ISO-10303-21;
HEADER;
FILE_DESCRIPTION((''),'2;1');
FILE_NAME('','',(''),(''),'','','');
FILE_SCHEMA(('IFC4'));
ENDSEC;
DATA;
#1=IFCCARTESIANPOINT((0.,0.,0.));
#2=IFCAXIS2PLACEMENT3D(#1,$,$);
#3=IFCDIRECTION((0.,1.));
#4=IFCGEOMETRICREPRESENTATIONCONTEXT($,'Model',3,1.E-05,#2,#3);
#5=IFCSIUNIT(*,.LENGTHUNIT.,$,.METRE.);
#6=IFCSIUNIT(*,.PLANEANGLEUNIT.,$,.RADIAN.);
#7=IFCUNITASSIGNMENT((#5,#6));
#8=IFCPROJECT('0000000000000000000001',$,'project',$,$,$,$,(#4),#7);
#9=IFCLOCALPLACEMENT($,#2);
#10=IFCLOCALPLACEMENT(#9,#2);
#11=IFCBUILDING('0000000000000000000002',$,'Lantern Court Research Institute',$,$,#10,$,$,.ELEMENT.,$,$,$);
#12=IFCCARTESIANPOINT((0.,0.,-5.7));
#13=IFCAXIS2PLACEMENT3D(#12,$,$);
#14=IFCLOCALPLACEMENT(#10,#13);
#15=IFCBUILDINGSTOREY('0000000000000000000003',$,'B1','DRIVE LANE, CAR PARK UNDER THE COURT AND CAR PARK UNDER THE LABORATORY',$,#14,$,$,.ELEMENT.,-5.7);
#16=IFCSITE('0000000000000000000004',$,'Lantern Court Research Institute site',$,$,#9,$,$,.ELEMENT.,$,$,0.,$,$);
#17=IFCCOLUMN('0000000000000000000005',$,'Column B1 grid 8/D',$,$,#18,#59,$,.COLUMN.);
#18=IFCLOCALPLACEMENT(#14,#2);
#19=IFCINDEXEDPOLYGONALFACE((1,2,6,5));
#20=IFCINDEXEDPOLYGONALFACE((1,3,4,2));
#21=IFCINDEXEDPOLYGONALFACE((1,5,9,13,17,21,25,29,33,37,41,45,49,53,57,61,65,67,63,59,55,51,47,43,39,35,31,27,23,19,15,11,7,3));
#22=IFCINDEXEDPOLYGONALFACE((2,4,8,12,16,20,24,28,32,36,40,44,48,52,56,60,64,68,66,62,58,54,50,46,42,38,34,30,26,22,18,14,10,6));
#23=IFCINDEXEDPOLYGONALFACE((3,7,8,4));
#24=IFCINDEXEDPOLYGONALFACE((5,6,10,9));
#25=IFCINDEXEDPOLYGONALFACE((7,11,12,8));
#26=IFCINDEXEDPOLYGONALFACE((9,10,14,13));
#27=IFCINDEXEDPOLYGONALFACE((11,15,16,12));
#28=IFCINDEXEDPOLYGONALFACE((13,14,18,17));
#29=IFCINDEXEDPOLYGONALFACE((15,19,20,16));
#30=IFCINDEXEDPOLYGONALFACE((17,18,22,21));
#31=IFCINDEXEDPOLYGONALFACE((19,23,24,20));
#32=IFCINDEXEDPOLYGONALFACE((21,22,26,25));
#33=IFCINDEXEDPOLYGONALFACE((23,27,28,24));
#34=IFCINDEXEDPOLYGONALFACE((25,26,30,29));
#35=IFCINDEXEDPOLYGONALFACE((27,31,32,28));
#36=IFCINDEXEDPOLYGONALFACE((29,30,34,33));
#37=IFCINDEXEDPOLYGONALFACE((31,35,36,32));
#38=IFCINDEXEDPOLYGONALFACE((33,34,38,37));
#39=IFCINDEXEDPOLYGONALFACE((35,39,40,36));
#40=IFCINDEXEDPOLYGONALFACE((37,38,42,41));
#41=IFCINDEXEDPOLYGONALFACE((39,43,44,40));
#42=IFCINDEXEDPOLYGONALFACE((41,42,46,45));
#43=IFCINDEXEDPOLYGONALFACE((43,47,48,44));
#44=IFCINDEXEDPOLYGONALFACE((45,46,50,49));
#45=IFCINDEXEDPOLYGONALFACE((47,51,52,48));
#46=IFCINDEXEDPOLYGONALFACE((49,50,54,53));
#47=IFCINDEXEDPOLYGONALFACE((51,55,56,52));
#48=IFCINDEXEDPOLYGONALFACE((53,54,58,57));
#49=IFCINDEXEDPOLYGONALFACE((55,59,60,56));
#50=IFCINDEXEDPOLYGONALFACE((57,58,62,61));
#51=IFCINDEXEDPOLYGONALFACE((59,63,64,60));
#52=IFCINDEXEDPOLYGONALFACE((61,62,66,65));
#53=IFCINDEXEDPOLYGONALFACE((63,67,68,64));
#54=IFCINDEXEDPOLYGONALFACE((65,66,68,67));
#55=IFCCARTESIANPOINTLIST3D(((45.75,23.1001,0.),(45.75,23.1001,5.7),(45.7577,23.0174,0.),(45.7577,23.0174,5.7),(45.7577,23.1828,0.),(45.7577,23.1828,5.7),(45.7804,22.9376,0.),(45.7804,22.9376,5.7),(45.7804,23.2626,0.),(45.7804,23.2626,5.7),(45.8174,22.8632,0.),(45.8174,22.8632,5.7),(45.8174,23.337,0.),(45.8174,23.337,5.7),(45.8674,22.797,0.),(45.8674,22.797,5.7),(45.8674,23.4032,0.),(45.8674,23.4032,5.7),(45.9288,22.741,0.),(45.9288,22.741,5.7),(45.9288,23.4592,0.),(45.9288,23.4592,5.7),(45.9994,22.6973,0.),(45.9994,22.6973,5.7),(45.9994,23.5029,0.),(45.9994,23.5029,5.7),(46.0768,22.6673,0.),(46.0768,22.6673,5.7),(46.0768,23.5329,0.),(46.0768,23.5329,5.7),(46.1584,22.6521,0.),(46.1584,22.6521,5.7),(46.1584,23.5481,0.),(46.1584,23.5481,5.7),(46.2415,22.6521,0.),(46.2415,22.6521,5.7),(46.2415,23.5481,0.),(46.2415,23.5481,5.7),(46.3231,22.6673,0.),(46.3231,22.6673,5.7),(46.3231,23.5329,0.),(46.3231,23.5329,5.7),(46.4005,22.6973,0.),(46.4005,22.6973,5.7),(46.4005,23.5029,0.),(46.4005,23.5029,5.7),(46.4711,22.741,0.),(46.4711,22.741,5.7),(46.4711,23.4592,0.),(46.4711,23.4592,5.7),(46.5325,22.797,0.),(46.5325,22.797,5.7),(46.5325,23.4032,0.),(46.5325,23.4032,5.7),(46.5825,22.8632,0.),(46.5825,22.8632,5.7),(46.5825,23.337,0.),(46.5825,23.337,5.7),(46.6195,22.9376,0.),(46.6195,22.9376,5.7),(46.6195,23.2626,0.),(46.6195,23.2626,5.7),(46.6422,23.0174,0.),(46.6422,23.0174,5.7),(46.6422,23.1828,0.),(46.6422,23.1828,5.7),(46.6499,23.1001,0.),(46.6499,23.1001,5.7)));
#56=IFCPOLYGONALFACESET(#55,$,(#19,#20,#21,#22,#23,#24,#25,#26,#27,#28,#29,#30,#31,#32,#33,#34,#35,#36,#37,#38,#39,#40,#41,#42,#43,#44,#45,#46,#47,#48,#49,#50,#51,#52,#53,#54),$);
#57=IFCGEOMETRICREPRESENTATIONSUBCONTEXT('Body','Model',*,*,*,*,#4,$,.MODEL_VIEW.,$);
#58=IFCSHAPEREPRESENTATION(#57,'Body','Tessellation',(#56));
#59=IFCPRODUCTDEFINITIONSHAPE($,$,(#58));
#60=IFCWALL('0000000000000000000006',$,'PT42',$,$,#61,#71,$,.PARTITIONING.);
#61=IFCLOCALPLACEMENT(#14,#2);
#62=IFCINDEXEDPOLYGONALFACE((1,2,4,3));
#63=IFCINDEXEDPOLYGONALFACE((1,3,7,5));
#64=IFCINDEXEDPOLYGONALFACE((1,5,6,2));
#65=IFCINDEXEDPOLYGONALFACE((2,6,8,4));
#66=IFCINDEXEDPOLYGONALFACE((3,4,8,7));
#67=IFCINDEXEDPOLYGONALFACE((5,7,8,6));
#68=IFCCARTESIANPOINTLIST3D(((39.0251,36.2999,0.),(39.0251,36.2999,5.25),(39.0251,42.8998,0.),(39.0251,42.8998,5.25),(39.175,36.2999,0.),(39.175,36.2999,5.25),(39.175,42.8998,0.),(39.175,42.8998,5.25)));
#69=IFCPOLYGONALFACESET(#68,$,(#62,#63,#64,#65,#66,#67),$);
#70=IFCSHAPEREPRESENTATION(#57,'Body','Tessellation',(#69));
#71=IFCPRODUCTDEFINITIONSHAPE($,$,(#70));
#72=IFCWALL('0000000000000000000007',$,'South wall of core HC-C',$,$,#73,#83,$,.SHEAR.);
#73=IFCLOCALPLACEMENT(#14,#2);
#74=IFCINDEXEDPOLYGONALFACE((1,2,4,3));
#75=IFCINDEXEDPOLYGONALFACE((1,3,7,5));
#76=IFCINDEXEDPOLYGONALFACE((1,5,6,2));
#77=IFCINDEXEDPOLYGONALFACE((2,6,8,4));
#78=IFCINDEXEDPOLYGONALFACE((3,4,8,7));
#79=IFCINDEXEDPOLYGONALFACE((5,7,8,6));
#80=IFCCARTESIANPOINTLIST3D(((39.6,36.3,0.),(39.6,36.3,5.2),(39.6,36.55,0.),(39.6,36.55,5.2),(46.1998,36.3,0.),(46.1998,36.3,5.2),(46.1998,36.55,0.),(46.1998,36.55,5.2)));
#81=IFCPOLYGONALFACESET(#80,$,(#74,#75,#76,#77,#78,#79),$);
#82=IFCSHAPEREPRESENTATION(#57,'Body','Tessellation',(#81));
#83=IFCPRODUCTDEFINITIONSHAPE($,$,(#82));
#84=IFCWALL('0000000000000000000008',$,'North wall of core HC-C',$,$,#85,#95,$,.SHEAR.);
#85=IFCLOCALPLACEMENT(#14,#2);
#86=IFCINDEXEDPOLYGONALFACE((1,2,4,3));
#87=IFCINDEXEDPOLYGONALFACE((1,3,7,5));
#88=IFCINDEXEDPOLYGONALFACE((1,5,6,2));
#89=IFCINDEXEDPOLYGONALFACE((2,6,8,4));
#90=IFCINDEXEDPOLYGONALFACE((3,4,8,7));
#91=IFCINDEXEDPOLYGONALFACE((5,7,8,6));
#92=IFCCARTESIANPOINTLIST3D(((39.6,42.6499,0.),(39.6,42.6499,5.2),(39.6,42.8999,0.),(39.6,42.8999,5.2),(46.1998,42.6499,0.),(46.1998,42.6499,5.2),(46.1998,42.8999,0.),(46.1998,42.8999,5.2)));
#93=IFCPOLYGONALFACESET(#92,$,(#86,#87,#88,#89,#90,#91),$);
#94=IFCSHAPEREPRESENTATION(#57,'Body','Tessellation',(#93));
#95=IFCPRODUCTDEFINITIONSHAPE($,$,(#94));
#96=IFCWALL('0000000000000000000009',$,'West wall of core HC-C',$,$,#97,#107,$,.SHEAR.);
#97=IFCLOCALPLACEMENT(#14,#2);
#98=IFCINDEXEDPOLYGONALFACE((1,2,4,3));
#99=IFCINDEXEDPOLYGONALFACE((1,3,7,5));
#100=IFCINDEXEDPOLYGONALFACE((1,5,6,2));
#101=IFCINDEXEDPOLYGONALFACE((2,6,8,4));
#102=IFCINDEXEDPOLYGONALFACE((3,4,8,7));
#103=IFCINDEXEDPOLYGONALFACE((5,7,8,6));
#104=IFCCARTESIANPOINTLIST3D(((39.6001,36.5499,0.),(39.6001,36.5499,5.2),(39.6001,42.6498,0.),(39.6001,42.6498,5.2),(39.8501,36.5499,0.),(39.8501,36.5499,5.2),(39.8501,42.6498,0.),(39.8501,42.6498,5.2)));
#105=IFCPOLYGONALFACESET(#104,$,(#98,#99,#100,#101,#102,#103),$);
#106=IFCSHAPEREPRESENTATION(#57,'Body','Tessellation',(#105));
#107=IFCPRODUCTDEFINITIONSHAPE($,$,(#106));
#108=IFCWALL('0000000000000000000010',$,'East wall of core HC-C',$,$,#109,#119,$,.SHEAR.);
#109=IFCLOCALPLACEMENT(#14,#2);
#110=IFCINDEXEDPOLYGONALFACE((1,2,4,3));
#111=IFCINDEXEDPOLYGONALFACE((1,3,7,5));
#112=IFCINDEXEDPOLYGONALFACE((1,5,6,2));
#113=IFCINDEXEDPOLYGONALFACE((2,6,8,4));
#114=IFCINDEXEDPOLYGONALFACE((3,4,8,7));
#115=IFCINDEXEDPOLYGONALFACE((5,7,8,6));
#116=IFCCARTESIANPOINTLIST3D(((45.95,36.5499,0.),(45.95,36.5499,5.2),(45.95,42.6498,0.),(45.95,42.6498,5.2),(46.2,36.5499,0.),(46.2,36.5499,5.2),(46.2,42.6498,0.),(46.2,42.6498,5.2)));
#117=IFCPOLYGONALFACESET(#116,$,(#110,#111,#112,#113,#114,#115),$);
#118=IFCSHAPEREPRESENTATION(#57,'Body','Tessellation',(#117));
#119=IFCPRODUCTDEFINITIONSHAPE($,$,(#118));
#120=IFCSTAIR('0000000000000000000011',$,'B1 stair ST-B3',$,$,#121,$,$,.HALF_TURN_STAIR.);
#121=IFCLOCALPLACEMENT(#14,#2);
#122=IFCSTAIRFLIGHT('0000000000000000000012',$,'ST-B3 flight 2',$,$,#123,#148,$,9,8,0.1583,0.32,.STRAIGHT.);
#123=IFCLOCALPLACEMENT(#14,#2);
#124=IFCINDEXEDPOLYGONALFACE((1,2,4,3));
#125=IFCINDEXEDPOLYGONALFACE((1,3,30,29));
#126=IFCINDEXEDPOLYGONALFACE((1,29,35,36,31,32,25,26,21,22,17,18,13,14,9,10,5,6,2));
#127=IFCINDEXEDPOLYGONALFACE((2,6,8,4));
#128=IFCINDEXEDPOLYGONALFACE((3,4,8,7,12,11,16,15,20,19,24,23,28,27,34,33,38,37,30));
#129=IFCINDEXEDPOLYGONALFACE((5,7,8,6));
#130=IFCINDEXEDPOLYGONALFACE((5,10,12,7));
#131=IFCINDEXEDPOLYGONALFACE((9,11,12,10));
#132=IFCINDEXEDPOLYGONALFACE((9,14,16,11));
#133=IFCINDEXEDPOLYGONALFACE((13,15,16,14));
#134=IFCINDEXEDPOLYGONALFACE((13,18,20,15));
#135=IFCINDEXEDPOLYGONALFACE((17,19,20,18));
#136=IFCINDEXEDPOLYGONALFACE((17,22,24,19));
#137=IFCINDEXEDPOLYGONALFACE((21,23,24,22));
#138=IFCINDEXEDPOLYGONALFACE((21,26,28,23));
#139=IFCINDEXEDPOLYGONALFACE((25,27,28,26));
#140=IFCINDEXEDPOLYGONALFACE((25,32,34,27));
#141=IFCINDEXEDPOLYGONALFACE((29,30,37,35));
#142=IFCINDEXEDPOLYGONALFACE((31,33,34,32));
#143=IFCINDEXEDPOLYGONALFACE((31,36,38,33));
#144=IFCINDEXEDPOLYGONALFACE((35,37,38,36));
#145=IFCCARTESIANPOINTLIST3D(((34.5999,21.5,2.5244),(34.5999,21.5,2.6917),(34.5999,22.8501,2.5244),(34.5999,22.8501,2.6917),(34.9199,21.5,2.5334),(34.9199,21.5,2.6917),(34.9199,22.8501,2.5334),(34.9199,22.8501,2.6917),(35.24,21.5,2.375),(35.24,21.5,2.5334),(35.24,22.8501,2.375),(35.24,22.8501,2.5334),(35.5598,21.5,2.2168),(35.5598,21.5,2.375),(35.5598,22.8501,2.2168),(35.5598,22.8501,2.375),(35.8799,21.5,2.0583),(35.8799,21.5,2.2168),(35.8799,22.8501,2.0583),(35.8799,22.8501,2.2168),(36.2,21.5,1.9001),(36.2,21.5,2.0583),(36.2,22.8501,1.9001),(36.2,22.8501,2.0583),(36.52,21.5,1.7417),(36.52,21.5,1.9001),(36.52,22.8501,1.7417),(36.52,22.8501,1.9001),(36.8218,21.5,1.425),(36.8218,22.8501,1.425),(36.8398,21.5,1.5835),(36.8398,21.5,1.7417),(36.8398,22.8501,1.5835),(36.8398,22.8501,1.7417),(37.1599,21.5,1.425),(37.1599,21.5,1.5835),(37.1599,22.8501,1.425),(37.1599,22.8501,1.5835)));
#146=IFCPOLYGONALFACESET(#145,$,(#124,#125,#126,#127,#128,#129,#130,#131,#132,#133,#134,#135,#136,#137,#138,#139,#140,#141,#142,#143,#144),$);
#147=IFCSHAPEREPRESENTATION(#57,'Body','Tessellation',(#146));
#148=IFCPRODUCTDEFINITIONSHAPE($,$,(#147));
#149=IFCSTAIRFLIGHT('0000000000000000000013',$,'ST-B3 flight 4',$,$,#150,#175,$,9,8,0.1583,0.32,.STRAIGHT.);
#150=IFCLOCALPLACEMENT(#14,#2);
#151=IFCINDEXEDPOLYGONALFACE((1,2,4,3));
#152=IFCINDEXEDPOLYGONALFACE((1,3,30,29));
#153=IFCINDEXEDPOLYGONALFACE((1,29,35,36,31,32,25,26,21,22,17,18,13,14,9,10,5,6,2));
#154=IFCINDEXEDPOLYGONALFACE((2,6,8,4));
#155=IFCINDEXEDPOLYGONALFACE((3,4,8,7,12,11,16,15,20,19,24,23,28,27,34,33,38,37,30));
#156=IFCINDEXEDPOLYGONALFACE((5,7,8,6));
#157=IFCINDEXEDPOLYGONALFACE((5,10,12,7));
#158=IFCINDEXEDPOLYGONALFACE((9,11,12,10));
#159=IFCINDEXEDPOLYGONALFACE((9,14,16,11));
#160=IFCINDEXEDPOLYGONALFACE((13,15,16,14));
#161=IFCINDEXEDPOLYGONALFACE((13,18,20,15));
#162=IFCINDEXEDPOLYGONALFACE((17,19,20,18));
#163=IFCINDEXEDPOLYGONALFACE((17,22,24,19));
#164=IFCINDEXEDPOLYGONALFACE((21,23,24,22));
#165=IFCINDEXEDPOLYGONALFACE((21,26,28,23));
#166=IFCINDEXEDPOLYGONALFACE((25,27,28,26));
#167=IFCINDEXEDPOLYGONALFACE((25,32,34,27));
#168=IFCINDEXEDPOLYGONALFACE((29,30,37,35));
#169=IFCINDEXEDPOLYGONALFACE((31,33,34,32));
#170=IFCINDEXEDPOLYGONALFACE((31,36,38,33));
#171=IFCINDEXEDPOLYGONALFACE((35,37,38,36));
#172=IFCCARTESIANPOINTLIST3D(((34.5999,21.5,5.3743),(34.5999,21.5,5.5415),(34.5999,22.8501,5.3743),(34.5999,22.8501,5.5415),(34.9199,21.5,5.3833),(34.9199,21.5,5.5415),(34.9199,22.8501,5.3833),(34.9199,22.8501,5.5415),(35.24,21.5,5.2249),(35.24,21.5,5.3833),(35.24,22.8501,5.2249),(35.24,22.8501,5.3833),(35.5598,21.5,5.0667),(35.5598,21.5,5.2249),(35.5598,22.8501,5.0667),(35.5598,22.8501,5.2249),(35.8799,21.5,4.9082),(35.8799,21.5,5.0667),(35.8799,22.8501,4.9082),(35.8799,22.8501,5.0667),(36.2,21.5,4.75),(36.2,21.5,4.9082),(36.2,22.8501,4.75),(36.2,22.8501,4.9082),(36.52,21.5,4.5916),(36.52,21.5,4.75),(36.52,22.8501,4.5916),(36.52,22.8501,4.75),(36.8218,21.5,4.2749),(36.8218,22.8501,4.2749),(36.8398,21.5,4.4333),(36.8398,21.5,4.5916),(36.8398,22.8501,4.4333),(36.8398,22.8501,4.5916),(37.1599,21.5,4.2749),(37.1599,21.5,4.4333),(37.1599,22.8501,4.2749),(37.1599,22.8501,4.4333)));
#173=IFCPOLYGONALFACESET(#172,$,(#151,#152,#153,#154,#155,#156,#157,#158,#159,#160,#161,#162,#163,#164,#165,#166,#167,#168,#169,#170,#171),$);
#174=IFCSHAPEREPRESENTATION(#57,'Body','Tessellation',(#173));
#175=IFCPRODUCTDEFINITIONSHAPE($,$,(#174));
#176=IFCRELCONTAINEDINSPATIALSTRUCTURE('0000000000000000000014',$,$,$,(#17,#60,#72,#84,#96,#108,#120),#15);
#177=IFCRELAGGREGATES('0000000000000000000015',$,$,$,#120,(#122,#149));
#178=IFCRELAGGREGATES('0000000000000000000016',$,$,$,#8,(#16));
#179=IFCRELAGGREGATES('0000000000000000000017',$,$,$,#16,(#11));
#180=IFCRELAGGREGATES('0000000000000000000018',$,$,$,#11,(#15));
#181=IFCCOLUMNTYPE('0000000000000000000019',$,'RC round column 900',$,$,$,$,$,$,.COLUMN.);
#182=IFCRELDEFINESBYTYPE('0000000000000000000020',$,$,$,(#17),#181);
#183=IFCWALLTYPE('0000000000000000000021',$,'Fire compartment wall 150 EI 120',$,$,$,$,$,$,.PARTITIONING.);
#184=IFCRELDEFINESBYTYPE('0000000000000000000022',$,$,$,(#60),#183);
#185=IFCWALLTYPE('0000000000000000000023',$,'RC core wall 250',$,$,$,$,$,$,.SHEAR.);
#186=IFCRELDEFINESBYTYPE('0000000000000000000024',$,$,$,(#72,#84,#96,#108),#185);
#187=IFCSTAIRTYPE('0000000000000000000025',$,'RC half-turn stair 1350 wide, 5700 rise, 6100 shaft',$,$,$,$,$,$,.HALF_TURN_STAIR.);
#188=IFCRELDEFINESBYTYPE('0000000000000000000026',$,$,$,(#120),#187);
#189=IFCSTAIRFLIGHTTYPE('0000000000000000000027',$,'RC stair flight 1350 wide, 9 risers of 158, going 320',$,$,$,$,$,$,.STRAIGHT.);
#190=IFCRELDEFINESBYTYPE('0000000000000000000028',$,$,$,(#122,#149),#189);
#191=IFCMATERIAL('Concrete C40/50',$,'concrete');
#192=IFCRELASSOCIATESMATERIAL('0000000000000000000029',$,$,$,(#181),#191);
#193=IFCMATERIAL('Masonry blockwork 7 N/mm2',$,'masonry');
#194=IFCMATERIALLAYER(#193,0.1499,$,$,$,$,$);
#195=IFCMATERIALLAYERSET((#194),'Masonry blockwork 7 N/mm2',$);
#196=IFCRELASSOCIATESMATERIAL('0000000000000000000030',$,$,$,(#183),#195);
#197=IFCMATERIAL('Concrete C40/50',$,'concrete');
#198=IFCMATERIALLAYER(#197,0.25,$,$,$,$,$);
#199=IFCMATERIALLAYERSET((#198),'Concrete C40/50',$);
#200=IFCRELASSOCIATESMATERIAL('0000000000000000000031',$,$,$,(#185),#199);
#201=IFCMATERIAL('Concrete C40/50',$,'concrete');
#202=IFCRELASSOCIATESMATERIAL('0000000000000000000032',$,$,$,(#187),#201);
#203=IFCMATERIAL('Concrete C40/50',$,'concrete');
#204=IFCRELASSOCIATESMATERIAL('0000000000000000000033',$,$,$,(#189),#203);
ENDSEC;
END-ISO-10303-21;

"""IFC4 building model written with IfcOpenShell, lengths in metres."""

from ifc_helpers import new_model, si_unit, direction, frame, frame_2d, origin, origin_2d, place, context, subcontext, project, spatial, polyline, rectangle, circle, outline, extrude, material, layer, layer_set, material_profile, profile_set, type_object, element, aggregate, save


model = new_model("IFC4")

# Units and contexts
model_context = context("Model", 3, precision=1e-05, world=origin(), true_north=direction((0.0, 1.0)))
body_context = subcontext(model_context, "Body", "Model", "MODEL_VIEW")
ifc_project = project(units=[si_unit("LENGTHUNIT", "METRE"), si_unit("PLANEANGLEUNIT", "RADIAN")], contexts=[model_context])

# Site, building, storey
site_placement = place(None, origin())
site = spatial("IfcSite", under=ifc_project, at=site_placement, Name="Lantern Court Research Institute site", CompositionType="ELEMENT", RefElevation=0.0)
building_placement = place(site_placement, origin())
building = spatial("IfcBuilding", under=site, at=building_placement, Name="Lantern Court Research Institute", CompositionType="ELEMENT")
storey_placement = place(building_placement, frame((0.0, 0.0, -5.7)))
storey = spatial("IfcBuildingStorey", under=building, at=storey_placement, Name="B1", Description="DRIVE LANE, CAR PARK UNDER THE COURT AND CAR PARK UNDER THE LABORATORY", CompositionType="ELEMENT", Elevation=-5.7)

# Column
ifc_material_1 = material(Name="Concrete C40/50", Category="concrete")
ifc_material_profile_1 = material_profile(ifc_material_1, circle(Radius=0.45, at=origin_2d()), Name="RC round column 900")
ifc_profile_set_1 = profile_set([ifc_material_profile_1], Name="Concrete C40/50")
column_type_1 = type_object("IfcColumnType", Name="RC round column 900", PredefinedType="COLUMN", material=ifc_profile_set_1)
column_1_placement = place(storey_placement, frame((46.2, 23.1001, 0.0), z_axis=(0.0, 0.0, 1.0), x_axis=(1.0, 0.0, 0.0)))
element("IfcColumn", 1, at=column_1_placement, inside=storey, type_object=column_type_1, Name="Column B1 grid 8/D", PredefinedType="COLUMN", context=body_context, shape_type="SweptSolid", body=[
    extrude(circle(Radius=0.45, at=origin_2d()), origin(), (0.0, 0.0, 1.0), 5.7),
])

# Walls
ifc_material_2 = material(Name="Masonry blockwork 7 N/mm2", Category="masonry")
ifc_layer_1 = layer(ifc_material_2, 0.1499)
ifc_layer_set_1 = layer_set([ifc_layer_1], Name="Masonry blockwork 7 N/mm2")
wall_type_1 = type_object("IfcWallType", Name="Fire compartment wall 150 EI 120", PredefinedType="PARTITIONING", material=ifc_layer_set_1)
wall_placement = place(storey_placement, frame((39.1001, 36.3, 0.0), z_axis=(0.0, 0.0, 1.0), x_axis=(0.0, 1.0, 0.0)))
element("IfcWall", 2, at=wall_placement, inside=storey, type_object=wall_type_1, Name="PT42", PredefinedType="PARTITIONING", context=body_context, shape_type="SweptSolid", body=[
    extrude(rectangle(XDim=6.5999, YDim=0.1499, at=frame_2d((3.2998, 0.0))), origin(), (0.0, 0.0, 1.0), 5.25),
])
ifc_material_3 = material(Name="Concrete C40/50", Category="concrete")
ifc_layer_2 = layer(ifc_material_3, 0.25)
ifc_layer_set_2 = layer_set([ifc_layer_2], Name="Concrete C40/50")
wall_type_2 = type_object("IfcWallType", Name="RC core wall 250", PredefinedType="SHEAR", material=ifc_layer_set_2)
for number, where, z_axis, x_axis, name in (
    (3, (39.6001, 36.425, 0.0), (0.0, 0.0, 1.0), (1.0, 0.0, 0.0), "South wall of core HC-C"),
    (4, (39.6001, 42.7749, 0.0), (0.0, 0.0, 1.0), (1.0, 0.0, 0.0), "North wall of core HC-C"),
):
    element("IfcWall", number, at=place(storey_placement, frame(where, z_axis=z_axis, x_axis=x_axis)), inside=storey, type_object=wall_type_2, Name=name, PredefinedType="SHEAR", context=body_context, shape_type="SweptSolid", body=[
        extrude(rectangle(XDim=6.5999, YDim=0.25, at=frame_2d((3.2998, 0.0))), origin(), (0.0, 0.0, 1.0), 5.2),
    ])
for number, where, z_axis, x_axis, name in (
    (5, (39.7251, 36.55, 0.0), (0.0, 0.0, 1.0), (0.0, 1.0, 0.0), "West wall of core HC-C"),
    (6, (46.075, 36.55, 0.0), (0.0, 0.0, 1.0), (0.0, 1.0, 0.0), "East wall of core HC-C"),
):
    element("IfcWall", number, at=place(storey_placement, frame(where, z_axis=z_axis, x_axis=x_axis)), inside=storey, type_object=wall_type_2, Name=name, PredefinedType="SHEAR", context=body_context, shape_type="SweptSolid", body=[
        extrude(rectangle(XDim=6.0999, YDim=0.25, at=frame_2d((3.0498, 0.0))), origin(), (0.0, 0.0, 1.0), 5.2),
    ])

# Stair, stair flights
ifc_material_4 = material(Name="Concrete C40/50", Category="concrete")
stair_type = type_object("IfcStairType", Name="RC half-turn stair 1350 wide, 5700 rise, 6100 shaft", PredefinedType="HALF_TURN_STAIR", material=ifc_material_4)
stair_placement = place(storey_placement, origin())
stair = element("IfcStair", 7, at=stair_placement, inside=storey, type_object=stair_type, Name="B1 stair ST-B3", PredefinedType="HALF_TURN_STAIR")
ifc_material_5 = material(Name="Concrete C40/50", Category="concrete")
stair_flight_type = type_object("IfcStairFlightType", Name="RC stair flight 1350 wide, 9 risers of 158, going 320", PredefinedType="STRAIGHT", material=ifc_material_5)
stair_flight_1_placement = place(storey_placement, frame((37.1599, 22.175, 1.425), z_axis=(0.0, 0.0, 1.0), x_axis=(-1.0, 0.0, 0.0)))
stair_flight_1 = element("IfcStairFlight", 8, at=stair_flight_1_placement, type_object=stair_flight_type, Name="ST-B3 flight 2", NumberOfRisers=9, NumberOfTreads=8, PredefinedType="STRAIGHT", RiserHeight=0.1583, TreadLength=0.32, context=body_context, shape_type="SweptSolid", body=[
    extrude(outline(polyline([(0.0, 0.0), (0.0, 0.1584), (0.3201, 0.1584), (0.3201, 0.3167), (0.6399, 0.3167), (0.6399, 0.4751), (0.96, 0.4751), (0.96, 0.6333), (1.28, 0.6333), (1.28, 0.7917), (1.6001, 0.7917), (1.6001, 0.95), (1.9199, 0.95), (1.9199, 1.1084), (2.24, 1.1084), (2.24, 1.2666), (2.5601, 1.2666), (2.5601, 1.425), (2.5601, 1.0994), (0.3381, 0.0), (0.0, 0.0)])), frame((0.0, 0.675, 0.0), z_axis=(0.0, -1.0, 0.0), x_axis=(1.0, 0.0, 0.0)), (0.0, 0.0, 1.0), 1.3501),
])
stair_flight_2_placement = place(storey_placement, frame((37.1599, 22.175, 4.2749), z_axis=(0.0, 0.0, 1.0), x_axis=(-1.0, 0.0, 0.0)))
stair_flight_2 = element("IfcStairFlight", 9, at=stair_flight_2_placement, type_object=stair_flight_type, Name="ST-B3 flight 4", NumberOfRisers=9, NumberOfTreads=8, PredefinedType="STRAIGHT", RiserHeight=0.1583, TreadLength=0.32, context=body_context, shape_type="SweptSolid", body=[
    extrude(outline(polyline([(0.0, 0.0), (0.0, 0.1584), (0.3201, 0.1584), (0.3201, 0.3167), (0.6399, 0.3167), (0.6399, 0.4751), (0.96, 0.4751), (0.96, 0.6333), (1.28, 0.6333), (1.28, 0.7917), (1.6001, 0.7917), (1.6001, 0.95), (1.9199, 0.95), (1.9199, 1.1084), (2.24, 1.1084), (2.24, 1.2666), (2.5601, 1.2666), (2.5601, 1.425), (2.5601, 1.0994), (0.3381, 0.0), (0.0, 0.0)])), frame((0.0, 0.675, 0.0), z_axis=(0.0, -1.0, 0.0), x_axis=(1.0, 0.0, 0.0)), (0.0, 0.0, 1.0), 1.3501),
])
aggregate(stair, [stair_flight_1, stair_flight_2])

save(model, "model.ifc")
